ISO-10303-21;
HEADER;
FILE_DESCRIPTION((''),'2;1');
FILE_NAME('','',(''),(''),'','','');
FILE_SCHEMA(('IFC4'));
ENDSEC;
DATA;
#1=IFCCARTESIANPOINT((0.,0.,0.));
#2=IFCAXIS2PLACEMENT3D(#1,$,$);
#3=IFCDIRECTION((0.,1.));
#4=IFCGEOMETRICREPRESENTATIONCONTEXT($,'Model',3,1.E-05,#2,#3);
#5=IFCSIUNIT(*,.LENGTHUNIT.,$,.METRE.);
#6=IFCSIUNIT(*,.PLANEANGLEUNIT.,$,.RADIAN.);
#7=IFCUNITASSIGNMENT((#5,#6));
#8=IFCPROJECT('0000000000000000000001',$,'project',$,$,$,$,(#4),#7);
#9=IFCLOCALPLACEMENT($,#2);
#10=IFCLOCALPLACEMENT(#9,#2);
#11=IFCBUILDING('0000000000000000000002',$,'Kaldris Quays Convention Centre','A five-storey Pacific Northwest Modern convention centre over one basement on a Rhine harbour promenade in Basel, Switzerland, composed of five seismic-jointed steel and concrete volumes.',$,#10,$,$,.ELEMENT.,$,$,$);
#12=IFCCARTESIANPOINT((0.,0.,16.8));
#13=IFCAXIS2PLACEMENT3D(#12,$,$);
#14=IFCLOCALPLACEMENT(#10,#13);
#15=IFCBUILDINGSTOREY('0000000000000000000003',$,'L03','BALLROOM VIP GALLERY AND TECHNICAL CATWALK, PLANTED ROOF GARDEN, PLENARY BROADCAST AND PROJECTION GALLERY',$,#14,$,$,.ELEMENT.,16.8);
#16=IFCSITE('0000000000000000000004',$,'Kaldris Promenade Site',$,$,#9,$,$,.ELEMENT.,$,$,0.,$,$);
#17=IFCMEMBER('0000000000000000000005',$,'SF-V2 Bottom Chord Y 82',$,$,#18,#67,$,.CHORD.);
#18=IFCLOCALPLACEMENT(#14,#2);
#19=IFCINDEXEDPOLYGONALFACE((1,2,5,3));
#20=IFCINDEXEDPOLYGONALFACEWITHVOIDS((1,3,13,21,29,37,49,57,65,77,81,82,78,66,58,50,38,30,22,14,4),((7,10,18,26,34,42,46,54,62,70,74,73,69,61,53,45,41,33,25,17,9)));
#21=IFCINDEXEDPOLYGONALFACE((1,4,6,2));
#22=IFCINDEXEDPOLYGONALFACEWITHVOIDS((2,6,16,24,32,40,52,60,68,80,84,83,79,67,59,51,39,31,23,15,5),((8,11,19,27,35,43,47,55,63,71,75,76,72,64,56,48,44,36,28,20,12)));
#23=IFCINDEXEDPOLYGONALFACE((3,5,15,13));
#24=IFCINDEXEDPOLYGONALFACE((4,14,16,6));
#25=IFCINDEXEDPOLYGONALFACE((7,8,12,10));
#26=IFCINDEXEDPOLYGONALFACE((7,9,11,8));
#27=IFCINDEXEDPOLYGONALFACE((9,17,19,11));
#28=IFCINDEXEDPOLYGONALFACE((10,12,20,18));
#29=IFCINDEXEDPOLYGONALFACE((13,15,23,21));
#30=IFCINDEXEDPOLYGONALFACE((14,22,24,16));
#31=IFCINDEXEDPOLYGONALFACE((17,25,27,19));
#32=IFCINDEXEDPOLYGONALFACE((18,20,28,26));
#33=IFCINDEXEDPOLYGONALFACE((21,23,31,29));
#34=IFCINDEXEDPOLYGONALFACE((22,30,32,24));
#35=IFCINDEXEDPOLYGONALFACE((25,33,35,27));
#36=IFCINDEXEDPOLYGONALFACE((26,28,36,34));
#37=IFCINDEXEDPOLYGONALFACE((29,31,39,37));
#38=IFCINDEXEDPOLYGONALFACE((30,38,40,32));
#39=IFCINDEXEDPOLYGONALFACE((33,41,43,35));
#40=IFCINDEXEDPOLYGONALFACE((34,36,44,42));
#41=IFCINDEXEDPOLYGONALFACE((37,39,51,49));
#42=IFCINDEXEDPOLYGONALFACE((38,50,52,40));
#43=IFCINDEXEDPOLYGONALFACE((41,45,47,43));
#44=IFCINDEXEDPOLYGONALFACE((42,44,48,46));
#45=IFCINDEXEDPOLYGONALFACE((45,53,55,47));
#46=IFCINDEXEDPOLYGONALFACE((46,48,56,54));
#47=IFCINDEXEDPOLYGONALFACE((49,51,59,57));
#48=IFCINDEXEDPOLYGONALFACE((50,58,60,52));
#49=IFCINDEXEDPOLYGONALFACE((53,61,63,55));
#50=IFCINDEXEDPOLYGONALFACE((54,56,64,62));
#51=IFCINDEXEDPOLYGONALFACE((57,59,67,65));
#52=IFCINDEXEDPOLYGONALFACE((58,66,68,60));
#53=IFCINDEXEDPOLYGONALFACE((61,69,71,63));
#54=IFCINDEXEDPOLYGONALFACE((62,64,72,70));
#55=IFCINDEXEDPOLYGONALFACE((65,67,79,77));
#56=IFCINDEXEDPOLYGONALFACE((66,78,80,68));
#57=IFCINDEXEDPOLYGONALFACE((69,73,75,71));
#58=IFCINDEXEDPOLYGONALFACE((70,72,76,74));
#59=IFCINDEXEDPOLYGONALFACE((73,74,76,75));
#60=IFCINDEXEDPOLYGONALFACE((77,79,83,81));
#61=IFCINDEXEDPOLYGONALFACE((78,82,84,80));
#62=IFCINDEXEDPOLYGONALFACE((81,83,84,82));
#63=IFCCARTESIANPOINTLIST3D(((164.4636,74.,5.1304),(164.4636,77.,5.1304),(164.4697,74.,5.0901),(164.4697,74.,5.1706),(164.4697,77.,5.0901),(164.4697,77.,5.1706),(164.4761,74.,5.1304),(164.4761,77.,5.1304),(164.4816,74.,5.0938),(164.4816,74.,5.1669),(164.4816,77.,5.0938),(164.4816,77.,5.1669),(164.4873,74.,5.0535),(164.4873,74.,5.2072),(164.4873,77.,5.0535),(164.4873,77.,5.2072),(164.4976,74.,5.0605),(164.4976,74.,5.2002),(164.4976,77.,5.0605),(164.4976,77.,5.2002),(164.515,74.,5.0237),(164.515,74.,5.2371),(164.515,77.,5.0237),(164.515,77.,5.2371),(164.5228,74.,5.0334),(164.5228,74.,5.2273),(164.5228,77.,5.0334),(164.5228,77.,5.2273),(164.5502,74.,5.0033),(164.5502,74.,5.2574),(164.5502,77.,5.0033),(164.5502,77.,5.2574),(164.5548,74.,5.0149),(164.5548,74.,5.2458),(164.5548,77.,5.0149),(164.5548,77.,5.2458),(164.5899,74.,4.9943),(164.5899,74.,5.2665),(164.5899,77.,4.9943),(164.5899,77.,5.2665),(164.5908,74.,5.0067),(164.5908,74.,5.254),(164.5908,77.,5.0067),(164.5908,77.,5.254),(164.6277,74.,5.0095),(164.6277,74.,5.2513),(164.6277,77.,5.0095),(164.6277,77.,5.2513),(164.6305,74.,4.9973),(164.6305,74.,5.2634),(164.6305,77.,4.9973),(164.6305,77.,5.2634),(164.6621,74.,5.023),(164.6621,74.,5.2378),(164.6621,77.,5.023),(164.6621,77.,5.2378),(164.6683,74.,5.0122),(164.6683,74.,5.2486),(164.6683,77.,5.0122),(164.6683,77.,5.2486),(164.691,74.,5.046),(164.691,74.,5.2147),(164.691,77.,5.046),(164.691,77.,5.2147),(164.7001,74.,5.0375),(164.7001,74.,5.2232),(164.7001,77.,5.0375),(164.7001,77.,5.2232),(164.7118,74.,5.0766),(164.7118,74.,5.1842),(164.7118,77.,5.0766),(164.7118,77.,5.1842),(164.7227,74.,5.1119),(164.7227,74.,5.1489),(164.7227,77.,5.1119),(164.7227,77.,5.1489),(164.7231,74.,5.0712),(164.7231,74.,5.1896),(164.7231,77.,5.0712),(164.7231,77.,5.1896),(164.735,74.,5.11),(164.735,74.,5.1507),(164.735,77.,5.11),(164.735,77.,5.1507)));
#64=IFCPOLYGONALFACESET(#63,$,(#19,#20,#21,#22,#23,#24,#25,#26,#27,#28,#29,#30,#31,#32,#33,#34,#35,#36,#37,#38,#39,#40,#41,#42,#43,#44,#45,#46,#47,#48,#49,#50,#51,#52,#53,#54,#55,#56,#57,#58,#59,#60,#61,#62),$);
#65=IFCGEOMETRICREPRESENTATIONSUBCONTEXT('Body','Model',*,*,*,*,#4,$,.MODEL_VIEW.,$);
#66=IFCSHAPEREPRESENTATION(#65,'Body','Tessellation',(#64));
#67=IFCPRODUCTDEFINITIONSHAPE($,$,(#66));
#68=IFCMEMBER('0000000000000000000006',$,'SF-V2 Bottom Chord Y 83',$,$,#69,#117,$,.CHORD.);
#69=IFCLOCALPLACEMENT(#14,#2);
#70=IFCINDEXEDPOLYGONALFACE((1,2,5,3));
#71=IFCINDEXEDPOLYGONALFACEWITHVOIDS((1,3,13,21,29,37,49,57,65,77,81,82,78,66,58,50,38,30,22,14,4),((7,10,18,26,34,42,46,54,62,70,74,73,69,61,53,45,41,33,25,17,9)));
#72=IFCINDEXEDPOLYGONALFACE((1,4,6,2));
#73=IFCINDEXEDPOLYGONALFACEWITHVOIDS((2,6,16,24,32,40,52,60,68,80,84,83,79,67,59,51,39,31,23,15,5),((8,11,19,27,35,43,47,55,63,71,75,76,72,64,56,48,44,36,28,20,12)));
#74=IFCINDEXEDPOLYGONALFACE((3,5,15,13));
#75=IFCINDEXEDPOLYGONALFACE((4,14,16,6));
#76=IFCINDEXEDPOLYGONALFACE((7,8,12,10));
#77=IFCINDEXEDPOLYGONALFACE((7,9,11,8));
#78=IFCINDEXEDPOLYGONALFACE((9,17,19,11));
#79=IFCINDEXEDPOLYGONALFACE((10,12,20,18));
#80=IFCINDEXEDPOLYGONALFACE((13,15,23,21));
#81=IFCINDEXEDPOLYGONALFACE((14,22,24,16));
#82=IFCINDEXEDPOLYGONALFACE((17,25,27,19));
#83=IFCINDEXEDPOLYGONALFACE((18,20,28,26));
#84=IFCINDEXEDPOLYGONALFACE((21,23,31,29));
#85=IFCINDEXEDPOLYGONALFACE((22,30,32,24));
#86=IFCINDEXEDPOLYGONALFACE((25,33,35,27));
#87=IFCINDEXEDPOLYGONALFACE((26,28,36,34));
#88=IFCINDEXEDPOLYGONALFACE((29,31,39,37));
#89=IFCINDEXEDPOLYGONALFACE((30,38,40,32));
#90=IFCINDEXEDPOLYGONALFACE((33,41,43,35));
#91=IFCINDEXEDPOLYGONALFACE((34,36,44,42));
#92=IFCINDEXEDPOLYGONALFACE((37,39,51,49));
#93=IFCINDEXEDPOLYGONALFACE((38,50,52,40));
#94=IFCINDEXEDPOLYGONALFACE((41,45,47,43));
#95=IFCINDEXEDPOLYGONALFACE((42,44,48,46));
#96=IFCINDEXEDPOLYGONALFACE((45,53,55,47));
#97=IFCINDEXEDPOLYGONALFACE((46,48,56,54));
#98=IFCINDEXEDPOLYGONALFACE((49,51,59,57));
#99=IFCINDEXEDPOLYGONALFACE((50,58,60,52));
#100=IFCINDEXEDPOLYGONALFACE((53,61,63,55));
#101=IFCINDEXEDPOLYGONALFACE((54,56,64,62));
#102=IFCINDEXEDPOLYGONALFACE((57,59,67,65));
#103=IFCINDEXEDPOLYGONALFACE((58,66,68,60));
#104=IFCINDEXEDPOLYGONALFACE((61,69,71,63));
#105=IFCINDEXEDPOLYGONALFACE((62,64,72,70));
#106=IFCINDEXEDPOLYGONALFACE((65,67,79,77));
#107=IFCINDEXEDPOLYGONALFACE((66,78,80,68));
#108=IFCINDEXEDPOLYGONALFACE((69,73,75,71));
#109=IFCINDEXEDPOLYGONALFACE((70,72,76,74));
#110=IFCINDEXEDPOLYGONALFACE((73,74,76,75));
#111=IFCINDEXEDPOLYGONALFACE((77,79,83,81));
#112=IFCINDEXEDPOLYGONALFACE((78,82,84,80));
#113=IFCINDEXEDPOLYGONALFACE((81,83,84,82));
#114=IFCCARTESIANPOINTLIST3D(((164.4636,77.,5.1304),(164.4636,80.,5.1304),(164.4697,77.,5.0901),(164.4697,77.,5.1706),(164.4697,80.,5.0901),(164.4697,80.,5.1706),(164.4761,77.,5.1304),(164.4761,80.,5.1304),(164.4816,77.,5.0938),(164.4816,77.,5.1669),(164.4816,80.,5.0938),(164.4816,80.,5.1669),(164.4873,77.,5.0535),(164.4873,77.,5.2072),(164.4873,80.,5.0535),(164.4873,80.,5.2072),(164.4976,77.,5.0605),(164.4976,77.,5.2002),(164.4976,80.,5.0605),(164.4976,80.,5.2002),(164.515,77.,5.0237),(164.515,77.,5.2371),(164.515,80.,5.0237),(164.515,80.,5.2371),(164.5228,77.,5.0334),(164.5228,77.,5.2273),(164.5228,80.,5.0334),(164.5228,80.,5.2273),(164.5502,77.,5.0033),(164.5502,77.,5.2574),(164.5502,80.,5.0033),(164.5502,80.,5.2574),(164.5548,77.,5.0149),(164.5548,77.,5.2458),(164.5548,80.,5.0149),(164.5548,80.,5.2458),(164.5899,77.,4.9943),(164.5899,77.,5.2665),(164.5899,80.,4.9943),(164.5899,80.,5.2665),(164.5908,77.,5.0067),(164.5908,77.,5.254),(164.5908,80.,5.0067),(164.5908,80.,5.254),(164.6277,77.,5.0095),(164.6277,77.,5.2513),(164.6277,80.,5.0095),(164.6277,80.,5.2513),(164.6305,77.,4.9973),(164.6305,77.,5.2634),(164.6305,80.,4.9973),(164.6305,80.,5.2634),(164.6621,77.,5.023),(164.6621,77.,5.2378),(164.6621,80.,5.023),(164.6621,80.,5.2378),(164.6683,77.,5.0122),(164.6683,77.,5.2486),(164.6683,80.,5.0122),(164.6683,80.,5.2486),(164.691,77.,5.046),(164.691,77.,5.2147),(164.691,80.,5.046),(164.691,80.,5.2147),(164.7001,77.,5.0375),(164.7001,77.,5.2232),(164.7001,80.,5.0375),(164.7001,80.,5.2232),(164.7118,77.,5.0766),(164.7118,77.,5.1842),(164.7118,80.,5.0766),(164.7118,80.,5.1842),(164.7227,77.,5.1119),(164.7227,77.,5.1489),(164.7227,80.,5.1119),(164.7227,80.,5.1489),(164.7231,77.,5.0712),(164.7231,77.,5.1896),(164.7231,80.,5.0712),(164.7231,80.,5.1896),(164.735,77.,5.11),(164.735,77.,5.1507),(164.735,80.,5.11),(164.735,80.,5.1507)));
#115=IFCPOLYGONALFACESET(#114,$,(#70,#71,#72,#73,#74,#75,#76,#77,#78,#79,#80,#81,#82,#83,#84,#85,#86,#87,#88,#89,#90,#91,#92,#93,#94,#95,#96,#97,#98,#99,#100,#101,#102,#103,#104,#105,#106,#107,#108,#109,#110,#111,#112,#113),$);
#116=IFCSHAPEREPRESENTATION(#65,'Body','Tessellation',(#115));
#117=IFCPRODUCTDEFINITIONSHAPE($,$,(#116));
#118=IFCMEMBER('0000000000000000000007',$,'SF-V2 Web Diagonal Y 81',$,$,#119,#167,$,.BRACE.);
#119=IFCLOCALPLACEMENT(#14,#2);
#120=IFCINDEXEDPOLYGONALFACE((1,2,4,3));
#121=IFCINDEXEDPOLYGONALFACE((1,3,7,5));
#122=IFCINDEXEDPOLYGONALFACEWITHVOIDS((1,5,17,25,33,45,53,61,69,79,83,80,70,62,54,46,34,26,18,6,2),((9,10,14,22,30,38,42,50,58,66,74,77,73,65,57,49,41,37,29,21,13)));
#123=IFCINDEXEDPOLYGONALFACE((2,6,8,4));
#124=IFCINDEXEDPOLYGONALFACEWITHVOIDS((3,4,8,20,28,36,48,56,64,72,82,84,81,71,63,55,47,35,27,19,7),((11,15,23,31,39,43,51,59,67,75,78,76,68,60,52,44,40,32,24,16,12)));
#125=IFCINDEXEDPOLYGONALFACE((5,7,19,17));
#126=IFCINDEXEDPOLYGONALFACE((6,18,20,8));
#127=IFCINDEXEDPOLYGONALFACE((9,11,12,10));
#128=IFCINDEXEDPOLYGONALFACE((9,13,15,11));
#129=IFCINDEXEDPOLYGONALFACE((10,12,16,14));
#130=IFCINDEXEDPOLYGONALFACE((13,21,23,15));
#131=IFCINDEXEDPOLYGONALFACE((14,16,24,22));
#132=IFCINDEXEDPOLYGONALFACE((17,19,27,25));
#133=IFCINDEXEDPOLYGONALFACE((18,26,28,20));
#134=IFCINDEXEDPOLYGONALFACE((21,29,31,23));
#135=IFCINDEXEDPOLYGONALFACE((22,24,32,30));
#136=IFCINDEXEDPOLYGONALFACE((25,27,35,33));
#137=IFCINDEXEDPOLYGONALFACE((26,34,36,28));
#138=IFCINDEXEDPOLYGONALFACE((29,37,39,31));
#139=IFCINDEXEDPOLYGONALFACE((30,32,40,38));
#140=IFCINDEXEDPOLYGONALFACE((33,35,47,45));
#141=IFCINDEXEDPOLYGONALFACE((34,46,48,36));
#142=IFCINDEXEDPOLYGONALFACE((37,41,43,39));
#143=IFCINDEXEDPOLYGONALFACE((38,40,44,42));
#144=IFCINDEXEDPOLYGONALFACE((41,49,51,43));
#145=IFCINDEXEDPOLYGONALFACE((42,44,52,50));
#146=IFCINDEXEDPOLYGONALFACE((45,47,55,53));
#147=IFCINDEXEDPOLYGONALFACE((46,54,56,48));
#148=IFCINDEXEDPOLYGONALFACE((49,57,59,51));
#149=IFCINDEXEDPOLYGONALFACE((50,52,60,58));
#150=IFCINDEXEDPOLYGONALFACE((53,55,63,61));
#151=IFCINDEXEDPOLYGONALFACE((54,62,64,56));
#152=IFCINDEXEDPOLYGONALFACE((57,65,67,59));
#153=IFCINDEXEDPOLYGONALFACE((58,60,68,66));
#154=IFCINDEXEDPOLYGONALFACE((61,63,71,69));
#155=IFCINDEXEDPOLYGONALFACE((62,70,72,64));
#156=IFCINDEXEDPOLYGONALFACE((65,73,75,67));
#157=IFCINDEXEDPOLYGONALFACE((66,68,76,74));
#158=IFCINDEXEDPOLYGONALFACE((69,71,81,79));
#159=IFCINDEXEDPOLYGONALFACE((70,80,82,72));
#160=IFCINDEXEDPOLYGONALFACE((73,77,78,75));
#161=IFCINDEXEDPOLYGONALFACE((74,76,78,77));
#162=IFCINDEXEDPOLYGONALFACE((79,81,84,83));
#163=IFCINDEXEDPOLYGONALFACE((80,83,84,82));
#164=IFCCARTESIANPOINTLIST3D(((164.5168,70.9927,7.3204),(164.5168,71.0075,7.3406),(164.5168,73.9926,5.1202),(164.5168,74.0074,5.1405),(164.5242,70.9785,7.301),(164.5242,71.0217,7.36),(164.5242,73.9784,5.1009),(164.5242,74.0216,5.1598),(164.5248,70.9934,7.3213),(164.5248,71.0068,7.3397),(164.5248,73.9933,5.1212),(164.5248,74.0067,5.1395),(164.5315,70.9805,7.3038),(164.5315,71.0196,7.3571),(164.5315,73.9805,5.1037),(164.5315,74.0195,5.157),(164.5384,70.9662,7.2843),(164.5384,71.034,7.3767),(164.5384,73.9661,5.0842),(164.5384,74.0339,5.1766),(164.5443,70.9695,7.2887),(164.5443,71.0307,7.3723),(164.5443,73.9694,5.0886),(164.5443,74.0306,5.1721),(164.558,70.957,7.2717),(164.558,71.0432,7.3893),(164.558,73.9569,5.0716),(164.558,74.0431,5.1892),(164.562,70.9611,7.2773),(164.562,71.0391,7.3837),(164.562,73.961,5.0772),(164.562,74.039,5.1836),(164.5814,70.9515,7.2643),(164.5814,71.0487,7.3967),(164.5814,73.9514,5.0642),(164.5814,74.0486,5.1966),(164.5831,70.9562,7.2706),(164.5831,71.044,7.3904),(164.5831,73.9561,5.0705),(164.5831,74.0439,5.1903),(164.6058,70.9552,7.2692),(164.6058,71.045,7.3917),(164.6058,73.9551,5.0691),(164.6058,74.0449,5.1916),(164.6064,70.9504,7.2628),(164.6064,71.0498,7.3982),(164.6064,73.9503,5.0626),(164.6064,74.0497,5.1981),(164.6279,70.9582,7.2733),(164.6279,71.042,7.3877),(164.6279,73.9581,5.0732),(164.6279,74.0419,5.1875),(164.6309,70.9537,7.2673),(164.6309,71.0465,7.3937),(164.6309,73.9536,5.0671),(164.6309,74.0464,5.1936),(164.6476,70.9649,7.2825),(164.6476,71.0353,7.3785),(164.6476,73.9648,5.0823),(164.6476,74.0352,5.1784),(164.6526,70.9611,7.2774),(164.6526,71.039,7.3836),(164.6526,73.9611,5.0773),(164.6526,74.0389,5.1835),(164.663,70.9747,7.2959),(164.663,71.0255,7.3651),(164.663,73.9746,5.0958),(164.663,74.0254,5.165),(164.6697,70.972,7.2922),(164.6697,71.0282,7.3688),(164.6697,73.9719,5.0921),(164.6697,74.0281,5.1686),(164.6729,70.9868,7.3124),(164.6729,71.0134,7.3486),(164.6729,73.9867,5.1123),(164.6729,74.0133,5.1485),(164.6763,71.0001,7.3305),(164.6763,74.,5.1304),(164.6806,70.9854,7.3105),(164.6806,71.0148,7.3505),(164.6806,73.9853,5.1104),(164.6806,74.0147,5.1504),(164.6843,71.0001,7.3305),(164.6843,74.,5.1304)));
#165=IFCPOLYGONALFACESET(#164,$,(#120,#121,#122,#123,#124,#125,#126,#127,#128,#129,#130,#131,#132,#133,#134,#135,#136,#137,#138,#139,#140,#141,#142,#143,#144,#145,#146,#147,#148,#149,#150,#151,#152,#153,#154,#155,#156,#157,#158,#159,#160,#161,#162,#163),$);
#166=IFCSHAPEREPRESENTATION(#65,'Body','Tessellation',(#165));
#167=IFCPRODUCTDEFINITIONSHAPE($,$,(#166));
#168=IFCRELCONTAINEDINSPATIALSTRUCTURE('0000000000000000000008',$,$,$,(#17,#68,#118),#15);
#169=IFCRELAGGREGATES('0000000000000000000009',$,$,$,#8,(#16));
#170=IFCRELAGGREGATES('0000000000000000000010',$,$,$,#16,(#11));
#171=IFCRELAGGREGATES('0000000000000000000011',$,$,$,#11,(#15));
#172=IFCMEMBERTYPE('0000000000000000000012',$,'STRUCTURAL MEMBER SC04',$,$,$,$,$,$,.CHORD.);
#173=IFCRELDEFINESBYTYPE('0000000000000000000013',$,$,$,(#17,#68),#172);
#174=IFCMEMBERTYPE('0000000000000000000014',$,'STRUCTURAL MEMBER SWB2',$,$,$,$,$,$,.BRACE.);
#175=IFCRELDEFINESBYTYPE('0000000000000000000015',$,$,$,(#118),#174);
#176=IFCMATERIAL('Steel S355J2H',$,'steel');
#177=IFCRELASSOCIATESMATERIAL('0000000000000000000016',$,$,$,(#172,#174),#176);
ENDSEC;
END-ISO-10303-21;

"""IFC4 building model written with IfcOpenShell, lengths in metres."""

from ifc_helpers import new_model, si_unit, direction, frame, origin, origin_2d, place, context, subcontext, project, spatial, hollow_circle, extrude, material, material_profile, profile_set, type_object, element, save


model = new_model("IFC4")

# Units and contexts
model_context = context("Model", 3, precision=1e-05, world=origin(), true_north=direction((0.0, 1.0)))
body_context = subcontext(model_context, "Body", "Model", "MODEL_VIEW")
ifc_project = project(units=[si_unit("LENGTHUNIT", "METRE"), si_unit("PLANEANGLEUNIT", "RADIAN")], contexts=[model_context])

# Site, building, storey
site_placement = place(None, origin())
site = spatial("IfcSite", under=ifc_project, at=site_placement, Name="Kaldris Promenade Site", CompositionType="ELEMENT", RefElevation=0.0)
building_placement = place(site_placement, origin())
building = spatial("IfcBuilding", under=site, at=building_placement, Name="Kaldris Quays Convention Centre", Description="A five-storey Pacific Northwest Modern convention centre over one basement on a Rhine harbour promenade in Basel, Switzerland, composed of five seismic-jointed steel and concrete volumes.", CompositionType="ELEMENT")
storey_placement = place(building_placement, frame((0.0, 0.0, 16.8)))
storey = spatial("IfcBuildingStorey", under=building, at=storey_placement, Name="L03", Description="BALLROOM VIP GALLERY AND TECHNICAL CATWALK, PLANTED ROOF GARDEN, PLENARY BROADCAST AND PROJECTION GALLERY", CompositionType="ELEMENT", Elevation=16.8)

# Members
ifc_material_1 = material(Name="Steel S355J2H", Category="steel")
ifc_material_profile_1 = material_profile(ifc_material_1, hollow_circle(Radius=0.1365, WallThickness=0.0125, at=origin_2d()), Name="CHS 273x12.5")
ifc_profile_set_1 = profile_set([ifc_material_profile_1], Name="Steel S355J2H")
member_type_1 = type_object("IfcMemberType", Name="STRUCTURAL MEMBER SC04", PredefinedType="CHORD", material=ifc_profile_set_1)
for number, where, z_axis, x_axis, name in (
    (1, (164.6001, 74.0, 5.1304), (0.0, 1.0, 0.0), (-1.0, 0.0, 0.0), "SF-V2 Bottom Chord Y 82"),
    (2, (164.6001, 77.0, 5.1304), (0.0, 1.0, 0.0), (-1.0, 0.0, 0.0), "SF-V2 Bottom Chord Y 83"),
):
    element("IfcMember", number, at=place(storey_placement, frame(where, z_axis=z_axis, x_axis=x_axis)), inside=storey, type_object=member_type_1, Name=name, PredefinedType="CHORD", context=body_context, shape_type="SweptSolid", body=[
        extrude(hollow_circle(Radius=0.1365, WallThickness=0.0125, at=origin_2d()), origin(), (0.0, 0.0, 1.0), 3.0),
    ])
ifc_material_profile_2 = material_profile(ifc_material_1, hollow_circle(Radius=0.0842, WallThickness=0.0081, at=origin_2d()), Name="CHS 168.3x8")
ifc_profile_set_2 = profile_set([ifc_material_profile_2], Name="Steel S355J2H")
member_type_2 = type_object("IfcMemberType", Name="STRUCTURAL MEMBER SWB2", PredefinedType="BRACE", material=ifc_profile_set_2)
for number, where, z_axis, x_axis, name in (
    (3, (164.6001, 74.0, 5.1304), (0.0, -0.80638, 0.591398), (1.0, 0.0, 0.0), "SF-V2 Web Diagonal Y 81"),
):
    element("IfcMember", number, at=place(storey_placement, frame(where, z_axis=z_axis, x_axis=x_axis)), inside=storey, type_object=member_type_2, Name=name, PredefinedType="BRACE", context=body_context, shape_type="SweptSolid", body=[
        extrude(hollow_circle(Radius=0.0842, WallThickness=0.0081, at=origin_2d()), origin(), (0.0, 0.0, 1.0), 3.7202),
    ])

save(model, "model.ifc")
